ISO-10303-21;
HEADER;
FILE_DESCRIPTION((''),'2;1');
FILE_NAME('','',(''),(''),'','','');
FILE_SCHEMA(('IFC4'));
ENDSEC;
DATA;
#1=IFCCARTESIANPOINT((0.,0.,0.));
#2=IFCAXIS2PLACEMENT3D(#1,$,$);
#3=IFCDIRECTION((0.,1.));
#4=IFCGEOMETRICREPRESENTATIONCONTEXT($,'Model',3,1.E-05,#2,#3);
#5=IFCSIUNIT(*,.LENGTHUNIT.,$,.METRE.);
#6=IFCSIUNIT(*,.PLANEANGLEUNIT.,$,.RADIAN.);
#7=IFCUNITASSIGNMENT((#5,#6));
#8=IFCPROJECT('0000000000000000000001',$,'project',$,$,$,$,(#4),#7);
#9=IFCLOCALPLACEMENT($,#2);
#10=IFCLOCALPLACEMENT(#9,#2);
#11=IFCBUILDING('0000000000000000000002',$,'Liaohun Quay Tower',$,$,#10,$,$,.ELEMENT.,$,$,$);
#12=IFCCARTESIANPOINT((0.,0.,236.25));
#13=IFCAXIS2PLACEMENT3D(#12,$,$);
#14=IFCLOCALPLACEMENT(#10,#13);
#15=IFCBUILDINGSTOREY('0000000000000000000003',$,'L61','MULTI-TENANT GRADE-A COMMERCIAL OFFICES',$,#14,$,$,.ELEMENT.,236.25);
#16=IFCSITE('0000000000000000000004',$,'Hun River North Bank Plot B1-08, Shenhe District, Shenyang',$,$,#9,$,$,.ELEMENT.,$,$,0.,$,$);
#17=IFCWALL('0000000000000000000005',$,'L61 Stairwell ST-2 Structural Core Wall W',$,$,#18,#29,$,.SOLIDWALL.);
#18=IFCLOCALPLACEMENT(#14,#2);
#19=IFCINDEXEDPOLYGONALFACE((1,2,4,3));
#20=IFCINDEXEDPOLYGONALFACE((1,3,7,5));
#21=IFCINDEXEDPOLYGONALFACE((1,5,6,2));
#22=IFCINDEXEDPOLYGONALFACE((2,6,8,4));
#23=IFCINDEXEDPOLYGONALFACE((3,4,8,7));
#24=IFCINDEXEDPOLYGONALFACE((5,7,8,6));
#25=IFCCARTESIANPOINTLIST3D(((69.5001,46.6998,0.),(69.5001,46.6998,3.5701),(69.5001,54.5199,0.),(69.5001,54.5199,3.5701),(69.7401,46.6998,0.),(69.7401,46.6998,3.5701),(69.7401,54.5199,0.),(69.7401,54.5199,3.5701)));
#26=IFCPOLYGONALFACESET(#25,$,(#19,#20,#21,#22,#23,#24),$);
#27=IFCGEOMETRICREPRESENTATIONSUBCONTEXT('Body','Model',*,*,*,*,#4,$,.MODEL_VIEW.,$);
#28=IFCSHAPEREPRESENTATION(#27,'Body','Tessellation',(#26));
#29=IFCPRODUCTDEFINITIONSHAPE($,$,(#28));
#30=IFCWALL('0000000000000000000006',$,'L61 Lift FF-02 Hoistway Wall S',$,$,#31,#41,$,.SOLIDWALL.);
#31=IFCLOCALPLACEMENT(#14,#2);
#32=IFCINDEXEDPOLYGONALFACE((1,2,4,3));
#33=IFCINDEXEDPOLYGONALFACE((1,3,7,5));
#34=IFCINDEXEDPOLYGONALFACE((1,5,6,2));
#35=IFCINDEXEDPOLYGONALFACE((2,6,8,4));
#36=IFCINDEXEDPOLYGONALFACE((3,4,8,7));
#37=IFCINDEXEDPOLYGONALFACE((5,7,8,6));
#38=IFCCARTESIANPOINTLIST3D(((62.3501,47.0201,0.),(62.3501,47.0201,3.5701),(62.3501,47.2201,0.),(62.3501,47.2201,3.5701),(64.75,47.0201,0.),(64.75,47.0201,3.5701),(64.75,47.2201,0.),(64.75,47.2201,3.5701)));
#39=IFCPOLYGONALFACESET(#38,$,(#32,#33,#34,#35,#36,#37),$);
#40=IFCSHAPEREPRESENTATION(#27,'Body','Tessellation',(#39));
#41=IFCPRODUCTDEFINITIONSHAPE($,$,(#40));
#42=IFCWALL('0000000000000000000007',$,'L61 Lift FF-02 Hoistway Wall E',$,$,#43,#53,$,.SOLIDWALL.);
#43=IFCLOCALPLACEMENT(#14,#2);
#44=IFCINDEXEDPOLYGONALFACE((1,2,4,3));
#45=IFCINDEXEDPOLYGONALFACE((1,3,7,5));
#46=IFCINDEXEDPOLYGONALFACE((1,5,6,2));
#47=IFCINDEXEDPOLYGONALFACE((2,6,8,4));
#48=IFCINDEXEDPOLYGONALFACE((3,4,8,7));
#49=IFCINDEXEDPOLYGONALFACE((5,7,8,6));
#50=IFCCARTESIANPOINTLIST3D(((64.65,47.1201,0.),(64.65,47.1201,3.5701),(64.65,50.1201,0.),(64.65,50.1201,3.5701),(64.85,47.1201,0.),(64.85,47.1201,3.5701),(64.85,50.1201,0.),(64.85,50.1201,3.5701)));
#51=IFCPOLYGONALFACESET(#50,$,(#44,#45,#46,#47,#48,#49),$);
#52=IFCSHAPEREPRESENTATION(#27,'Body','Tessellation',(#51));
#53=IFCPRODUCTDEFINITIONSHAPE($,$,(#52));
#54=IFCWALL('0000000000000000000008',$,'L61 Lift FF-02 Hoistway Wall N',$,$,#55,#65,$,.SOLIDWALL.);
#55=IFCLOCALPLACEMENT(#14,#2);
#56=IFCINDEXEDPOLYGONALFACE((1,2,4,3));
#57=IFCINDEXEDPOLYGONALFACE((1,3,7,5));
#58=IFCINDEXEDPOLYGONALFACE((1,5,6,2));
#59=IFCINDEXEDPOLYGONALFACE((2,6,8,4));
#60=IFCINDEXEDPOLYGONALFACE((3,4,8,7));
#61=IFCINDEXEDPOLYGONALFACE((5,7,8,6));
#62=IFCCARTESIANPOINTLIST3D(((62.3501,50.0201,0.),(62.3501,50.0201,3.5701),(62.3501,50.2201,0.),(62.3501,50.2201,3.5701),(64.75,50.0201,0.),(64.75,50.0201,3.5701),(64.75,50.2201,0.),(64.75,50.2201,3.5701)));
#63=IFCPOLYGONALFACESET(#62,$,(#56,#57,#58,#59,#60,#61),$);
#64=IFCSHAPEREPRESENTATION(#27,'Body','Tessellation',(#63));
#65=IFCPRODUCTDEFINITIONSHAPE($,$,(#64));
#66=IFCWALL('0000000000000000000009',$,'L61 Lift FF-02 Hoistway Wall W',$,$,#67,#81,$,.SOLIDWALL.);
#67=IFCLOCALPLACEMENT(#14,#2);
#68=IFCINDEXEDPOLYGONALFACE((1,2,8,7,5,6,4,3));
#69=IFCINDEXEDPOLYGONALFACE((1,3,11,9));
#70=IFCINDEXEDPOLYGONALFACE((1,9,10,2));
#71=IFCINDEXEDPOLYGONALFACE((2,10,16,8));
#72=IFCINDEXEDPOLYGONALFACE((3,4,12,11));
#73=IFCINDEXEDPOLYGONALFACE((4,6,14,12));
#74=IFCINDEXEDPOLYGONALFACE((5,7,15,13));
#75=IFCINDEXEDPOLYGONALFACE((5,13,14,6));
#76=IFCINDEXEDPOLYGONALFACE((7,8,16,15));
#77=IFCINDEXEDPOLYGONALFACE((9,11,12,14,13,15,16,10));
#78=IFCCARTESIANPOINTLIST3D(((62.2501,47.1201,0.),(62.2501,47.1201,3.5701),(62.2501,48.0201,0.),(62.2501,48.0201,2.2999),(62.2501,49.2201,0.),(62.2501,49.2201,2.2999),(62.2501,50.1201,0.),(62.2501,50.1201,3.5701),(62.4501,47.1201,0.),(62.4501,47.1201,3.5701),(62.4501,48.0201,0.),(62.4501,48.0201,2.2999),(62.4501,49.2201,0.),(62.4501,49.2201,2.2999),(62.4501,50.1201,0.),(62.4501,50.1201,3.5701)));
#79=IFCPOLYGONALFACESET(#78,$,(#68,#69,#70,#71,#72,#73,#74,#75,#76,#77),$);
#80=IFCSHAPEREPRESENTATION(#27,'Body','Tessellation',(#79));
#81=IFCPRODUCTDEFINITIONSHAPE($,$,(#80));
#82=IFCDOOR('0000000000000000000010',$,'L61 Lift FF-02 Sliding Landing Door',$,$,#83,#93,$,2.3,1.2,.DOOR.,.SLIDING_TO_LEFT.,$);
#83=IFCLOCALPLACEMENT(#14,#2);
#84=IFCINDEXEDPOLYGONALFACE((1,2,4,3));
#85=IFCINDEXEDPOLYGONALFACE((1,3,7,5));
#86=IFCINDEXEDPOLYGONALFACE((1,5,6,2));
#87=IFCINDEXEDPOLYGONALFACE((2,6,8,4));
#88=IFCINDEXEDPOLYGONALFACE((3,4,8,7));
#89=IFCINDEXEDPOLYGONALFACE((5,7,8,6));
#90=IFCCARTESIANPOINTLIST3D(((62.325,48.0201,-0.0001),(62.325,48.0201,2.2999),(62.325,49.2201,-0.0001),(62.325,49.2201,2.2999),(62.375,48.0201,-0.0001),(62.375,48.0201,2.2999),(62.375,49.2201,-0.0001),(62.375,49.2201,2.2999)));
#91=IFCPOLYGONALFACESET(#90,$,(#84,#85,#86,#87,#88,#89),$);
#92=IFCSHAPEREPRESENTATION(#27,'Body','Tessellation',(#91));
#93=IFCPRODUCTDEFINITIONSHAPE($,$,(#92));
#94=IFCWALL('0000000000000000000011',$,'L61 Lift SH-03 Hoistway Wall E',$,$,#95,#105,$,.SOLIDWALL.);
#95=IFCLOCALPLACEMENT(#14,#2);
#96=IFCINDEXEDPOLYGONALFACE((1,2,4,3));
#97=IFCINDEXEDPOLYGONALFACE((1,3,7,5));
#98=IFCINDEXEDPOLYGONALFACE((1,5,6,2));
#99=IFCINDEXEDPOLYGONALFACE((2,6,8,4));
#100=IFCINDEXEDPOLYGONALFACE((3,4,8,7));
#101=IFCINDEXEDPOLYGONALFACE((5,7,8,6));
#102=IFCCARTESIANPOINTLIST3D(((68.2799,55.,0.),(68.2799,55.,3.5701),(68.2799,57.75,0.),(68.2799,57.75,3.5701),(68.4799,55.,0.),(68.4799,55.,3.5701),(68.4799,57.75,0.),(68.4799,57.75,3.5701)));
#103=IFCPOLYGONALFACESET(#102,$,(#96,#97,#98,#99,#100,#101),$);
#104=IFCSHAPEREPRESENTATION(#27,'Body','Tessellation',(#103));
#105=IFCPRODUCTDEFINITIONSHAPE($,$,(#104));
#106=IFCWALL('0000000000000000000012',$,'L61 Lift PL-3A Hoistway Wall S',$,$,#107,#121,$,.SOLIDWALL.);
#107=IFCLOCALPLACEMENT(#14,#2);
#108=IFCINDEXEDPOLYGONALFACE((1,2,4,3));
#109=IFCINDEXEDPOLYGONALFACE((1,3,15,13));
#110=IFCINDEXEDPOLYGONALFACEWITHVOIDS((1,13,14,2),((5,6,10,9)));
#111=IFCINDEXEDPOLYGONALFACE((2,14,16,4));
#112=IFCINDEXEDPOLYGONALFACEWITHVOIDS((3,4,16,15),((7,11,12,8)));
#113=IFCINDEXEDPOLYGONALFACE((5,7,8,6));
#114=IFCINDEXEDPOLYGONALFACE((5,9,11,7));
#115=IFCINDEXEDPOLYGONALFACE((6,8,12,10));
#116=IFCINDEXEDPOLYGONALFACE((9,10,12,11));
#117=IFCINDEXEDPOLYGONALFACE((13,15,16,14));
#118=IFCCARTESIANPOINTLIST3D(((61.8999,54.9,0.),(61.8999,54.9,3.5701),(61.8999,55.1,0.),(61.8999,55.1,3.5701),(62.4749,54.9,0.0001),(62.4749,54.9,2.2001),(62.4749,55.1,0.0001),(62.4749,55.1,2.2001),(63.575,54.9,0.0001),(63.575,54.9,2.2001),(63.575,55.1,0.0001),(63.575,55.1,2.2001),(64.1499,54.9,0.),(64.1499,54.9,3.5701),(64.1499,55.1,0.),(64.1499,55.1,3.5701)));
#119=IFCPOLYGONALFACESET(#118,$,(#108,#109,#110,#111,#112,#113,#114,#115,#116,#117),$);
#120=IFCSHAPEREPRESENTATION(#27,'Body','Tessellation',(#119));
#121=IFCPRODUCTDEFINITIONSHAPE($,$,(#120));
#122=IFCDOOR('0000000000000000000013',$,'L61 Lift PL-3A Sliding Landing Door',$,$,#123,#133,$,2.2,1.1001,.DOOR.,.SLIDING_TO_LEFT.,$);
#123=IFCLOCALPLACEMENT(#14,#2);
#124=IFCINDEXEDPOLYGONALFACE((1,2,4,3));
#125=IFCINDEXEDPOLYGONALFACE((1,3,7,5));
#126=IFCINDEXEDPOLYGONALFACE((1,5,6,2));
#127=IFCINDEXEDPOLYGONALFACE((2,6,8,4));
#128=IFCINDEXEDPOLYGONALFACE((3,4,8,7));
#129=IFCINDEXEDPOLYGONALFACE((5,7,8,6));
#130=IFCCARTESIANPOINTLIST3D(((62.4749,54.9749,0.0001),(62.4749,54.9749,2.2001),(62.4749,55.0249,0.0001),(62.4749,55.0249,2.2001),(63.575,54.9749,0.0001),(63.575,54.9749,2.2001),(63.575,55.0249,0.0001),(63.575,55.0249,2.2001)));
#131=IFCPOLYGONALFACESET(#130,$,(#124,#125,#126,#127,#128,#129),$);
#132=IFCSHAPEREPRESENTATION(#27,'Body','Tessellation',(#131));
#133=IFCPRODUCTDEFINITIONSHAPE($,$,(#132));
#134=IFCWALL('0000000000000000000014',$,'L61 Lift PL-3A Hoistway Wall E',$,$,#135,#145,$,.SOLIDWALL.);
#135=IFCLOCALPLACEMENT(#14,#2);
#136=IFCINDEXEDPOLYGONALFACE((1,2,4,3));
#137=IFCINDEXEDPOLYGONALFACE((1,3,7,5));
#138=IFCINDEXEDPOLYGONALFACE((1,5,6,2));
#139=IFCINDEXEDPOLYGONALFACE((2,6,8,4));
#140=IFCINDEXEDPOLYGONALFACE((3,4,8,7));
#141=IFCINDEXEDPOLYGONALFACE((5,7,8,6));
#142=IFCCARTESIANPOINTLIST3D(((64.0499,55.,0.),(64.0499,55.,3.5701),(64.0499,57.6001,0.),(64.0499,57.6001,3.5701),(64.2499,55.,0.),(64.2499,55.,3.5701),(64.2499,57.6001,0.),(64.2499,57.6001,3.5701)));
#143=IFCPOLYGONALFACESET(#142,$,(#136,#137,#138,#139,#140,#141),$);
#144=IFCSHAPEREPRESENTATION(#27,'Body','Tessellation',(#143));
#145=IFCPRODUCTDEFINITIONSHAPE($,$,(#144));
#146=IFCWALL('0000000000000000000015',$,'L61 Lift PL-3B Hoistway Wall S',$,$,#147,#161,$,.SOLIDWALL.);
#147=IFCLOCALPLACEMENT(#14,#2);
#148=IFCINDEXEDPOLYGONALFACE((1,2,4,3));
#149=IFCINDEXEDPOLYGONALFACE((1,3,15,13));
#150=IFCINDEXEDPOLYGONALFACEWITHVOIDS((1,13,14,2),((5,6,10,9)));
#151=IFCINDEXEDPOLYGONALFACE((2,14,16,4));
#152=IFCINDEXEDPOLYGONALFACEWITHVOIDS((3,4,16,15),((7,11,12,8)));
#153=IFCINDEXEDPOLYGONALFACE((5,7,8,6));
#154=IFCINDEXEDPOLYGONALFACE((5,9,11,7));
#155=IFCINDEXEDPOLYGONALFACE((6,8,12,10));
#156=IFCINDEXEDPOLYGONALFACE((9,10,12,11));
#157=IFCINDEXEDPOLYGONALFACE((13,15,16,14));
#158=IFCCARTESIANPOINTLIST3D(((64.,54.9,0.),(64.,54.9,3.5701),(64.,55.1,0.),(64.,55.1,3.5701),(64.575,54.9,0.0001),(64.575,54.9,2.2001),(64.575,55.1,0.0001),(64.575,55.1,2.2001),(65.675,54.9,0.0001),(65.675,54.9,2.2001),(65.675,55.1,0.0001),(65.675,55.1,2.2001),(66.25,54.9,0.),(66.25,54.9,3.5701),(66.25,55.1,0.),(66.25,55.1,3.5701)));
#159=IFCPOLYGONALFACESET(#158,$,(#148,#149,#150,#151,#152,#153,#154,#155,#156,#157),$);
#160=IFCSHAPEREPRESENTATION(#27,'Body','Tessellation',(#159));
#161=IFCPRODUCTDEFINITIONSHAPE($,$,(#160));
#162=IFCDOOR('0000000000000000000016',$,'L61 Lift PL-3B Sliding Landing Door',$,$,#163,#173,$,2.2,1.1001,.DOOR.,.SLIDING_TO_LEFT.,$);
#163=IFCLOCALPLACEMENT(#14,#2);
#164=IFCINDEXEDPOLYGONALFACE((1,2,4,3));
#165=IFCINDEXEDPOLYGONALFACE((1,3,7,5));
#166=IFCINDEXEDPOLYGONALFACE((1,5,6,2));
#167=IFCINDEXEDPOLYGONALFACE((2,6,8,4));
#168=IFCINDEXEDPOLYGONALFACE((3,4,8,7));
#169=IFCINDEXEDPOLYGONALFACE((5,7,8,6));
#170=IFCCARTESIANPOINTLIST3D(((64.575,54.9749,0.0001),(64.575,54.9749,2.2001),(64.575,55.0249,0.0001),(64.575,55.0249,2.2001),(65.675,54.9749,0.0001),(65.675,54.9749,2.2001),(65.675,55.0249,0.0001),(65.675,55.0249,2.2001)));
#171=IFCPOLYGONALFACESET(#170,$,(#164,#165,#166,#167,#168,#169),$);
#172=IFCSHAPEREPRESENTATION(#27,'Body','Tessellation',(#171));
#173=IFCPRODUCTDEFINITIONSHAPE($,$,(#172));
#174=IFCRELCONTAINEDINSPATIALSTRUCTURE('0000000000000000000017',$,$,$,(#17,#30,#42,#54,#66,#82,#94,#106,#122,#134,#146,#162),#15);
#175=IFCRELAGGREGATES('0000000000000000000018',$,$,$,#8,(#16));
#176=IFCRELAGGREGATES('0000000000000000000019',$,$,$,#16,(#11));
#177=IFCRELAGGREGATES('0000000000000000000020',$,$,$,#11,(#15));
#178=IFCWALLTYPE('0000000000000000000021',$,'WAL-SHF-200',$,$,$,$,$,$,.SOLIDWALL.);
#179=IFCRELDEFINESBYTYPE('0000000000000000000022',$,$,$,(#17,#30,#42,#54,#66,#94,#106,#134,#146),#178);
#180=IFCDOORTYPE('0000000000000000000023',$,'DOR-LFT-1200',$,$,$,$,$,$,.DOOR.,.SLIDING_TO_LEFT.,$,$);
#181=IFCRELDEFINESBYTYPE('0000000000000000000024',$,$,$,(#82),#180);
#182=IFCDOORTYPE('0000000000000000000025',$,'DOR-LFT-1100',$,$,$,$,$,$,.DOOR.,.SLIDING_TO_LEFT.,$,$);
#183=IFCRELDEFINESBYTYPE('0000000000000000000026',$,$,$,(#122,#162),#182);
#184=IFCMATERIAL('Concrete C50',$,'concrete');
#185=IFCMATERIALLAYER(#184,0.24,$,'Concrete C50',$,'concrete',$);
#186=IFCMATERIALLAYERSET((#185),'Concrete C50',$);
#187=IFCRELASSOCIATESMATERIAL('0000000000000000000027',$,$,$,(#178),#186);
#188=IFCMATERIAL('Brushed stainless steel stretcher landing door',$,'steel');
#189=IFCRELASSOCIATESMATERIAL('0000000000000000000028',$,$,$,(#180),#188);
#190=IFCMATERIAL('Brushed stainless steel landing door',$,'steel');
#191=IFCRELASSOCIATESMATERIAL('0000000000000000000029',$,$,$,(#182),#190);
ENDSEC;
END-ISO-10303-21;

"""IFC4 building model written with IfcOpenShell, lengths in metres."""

from ifc_helpers import new_model, si_unit, direction, frame, frame_2d, origin, place, context, subcontext, project, spatial, rectangle, extrude, source, transform, mapped, material, layer, layer_set, type_object, element, fill, save


model = new_model("IFC4")

# Units and contexts
model_context = context("Model", 3, precision=1e-05, world=origin(), true_north=direction((0.0, 1.0)))
body_context = subcontext(model_context, "Body", "Model", "MODEL_VIEW")
ifc_project = project(units=[si_unit("LENGTHUNIT", "METRE"), si_unit("PLANEANGLEUNIT", "RADIAN")], contexts=[model_context])

# Site, building, storey
site_placement = place(None, origin())
site = spatial("IfcSite", under=ifc_project, at=site_placement, Name="Hun River North Bank Plot B1-08, Shenhe District, Shenyang", CompositionType="ELEMENT", RefElevation=0.0)
building_placement = place(site_placement, origin())
building = spatial("IfcBuilding", under=site, at=building_placement, Name="Liaohun Quay Tower", CompositionType="ELEMENT")
storey_placement = place(building_placement, frame((0.0, 0.0, 236.25)))
storey = spatial("IfcBuildingStorey", under=building, at=storey_placement, Name="L61", Description="MULTI-TENANT GRADE-A COMMERCIAL OFFICES", CompositionType="ELEMENT", Elevation=236.25)

# Shared definitions
ifc_material_1 = material(Name="Concrete C50", Category="concrete")
ifc_layer_1 = layer(ifc_material_1, 0.24, Name="Concrete C50", Category="concrete")
ifc_layer_set_1 = layer_set([ifc_layer_1], Name="Concrete C50")
wall_type_1 = type_object("IfcWallType", Name="WAL-SHF-200", PredefinedType="SOLIDWALL", material=ifc_layer_set_1)

# Walls
wall_1_placement = place(storey_placement, frame((69.6201, 54.52, 0.0), z_axis=(0.0, 0.0, 1.0), x_axis=(0.0, -1.0, 0.0)))
element("IfcWall", 1, at=wall_1_placement, inside=storey, type_object=wall_type_1, Name="L61 Stairwell ST-2 Structural Core Wall W", PredefinedType="SOLIDWALL", context=body_context, shape_type="SweptSolid", body=[
    extrude(rectangle(XDim=7.8201, YDim=0.24, at=frame_2d((3.9102, 0.0))), origin(), (0.0, 0.0, 1.0), 3.5701),
])
wall_2_placement = place(storey_placement, frame((62.3501, 47.1201, 0.0), z_axis=(0.0, 0.0, 1.0), x_axis=(1.0, 0.0, 0.0)))
element("IfcWall", 2, at=wall_2_placement, inside=storey, type_object=wall_type_1, Name="L61 Lift FF-02 Hoistway Wall S", PredefinedType="SOLIDWALL", context=body_context, shape_type="SweptSolid", body=[
    extrude(rectangle(XDim=2.3999, YDim=0.2, at=frame_2d((1.2, 0.0))), origin(), (0.0, 0.0, 1.0), 3.5701),
])
wall_3_placement = place(storey_placement, frame((64.75, 47.1201, 0.0), z_axis=(0.0, 0.0, 1.0), x_axis=(0.0, 1.0, 0.0)))
element("IfcWall", 3, at=wall_3_placement, inside=storey, type_object=wall_type_1, Name="L61 Lift FF-02 Hoistway Wall E", PredefinedType="SOLIDWALL", context=body_context, shape_type="SweptSolid", body=[
    extrude(rectangle(XDim=3.0, YDim=0.2, at=frame_2d((1.5, 0.0))), origin(), (0.0, 0.0, 1.0), 3.5701),
])
wall_4_placement = place(storey_placement, frame((64.75, 50.1201, 0.0), z_axis=(0.0, 0.0, 1.0), x_axis=(-1.0, 0.0, 0.0)))
element("IfcWall", 4, at=wall_4_placement, inside=storey, type_object=wall_type_1, Name="L61 Lift FF-02 Hoistway Wall N", PredefinedType="SOLIDWALL", context=body_context, shape_type="SweptSolid", body=[
    extrude(rectangle(XDim=2.3999, YDim=0.2, at=frame_2d((1.2, 0.0))), origin(), (0.0, 0.0, 1.0), 3.5701),
])

# Wall, opening, door
wall_5_placement = place(storey_placement, frame((62.3501, 50.1201, 0.0), z_axis=(0.0, 0.0, 1.0), x_axis=(0.0, -1.0, 0.0)))
wall_5 = element("IfcWall", 5, at=wall_5_placement, inside=storey, type_object=wall_type_1, Name="L61 Lift FF-02 Hoistway Wall W", PredefinedType="SOLIDWALL", context=body_context, shape_type="SweptSolid", body=[
    extrude(rectangle(XDim=3.0, YDim=0.2, at=frame_2d((1.5, 0.0))), origin(), (0.0, 0.0, 1.0), 3.5701),
])
shared_shape_1 = source(origin(), body_context, "Body", "SweptSolid", [
    extrude(rectangle(XDim=1.2, YDim=2.3, at=frame_2d((0.6001, 1.1499))), frame((0.0, 0.1099, 0.0), z_axis=(0.0, -1.0, 0.0), x_axis=(1.0, 0.0, 0.0)), (0.0, 0.0, 1.0), 0.22),
])
opening_1_placement = place(wall_5_placement, frame((0.8999, 0.0, 0.0)))
opening_1 = element("IfcOpeningElement", 6, at=opening_1_placement, cuts=wall_5, PredefinedType="OPENING", context=body_context, shape_type="MappedRepresentation", body=[
    mapped(shared_shape_1, transform((0.0, 0.0, 0.0), x_axis=(1.0, 0.0, 0.0), y_axis=(0.0, 1.0, 0.0), z_axis=(0.0, 0.0, 1.0), scale=1.0)),
])
ifc_material_2 = material(Name="Brushed stainless steel stretcher landing door", Category="steel")
door_type_1 = type_object("IfcDoorType", Name="DOR-LFT-1200", OperationType="SLIDING_TO_LEFT", PredefinedType="DOOR", material=ifc_material_2)
shared_shape_2 = source(origin(), body_context, "Body", "SweptSolid", [
    extrude(rectangle(XDim=1.2, YDim=2.3, at=frame_2d((0.6001, 1.1499))), frame((0.0, 0.0249, 0.0), z_axis=(0.0, -1.0, 0.0), x_axis=(1.0, 0.0, 0.0)), (0.0, 0.0, 1.0), 0.05),
])
door_1_placement = place(opening_1_placement, origin())
door_1 = element("IfcDoor", 7, at=door_1_placement, inside=storey, type_object=door_type_1, Name="L61 Lift FF-02 Sliding Landing Door", OperationType="SLIDING_TO_LEFT", OverallHeight=2.3, OverallWidth=1.2, PredefinedType="DOOR", context=body_context, shape_type="MappedRepresentation", body=[
    mapped(shared_shape_2, transform((0.0, 0.0, 0.0), x_axis=(1.0, 0.0, 0.0), y_axis=(0.0, 1.0, 0.0), z_axis=(0.0, 0.0, 1.0), scale=1.0)),
])
fill(opening_1, door_1)

# Wall
wall_6_placement = place(storey_placement, frame((68.3799, 55.0, 0.0), z_axis=(0.0, 0.0, 1.0), x_axis=(0.0, 1.0, 0.0)))
element("IfcWall", 8, at=wall_6_placement, inside=storey, type_object=wall_type_1, Name="L61 Lift SH-03 Hoistway Wall E", PredefinedType="SOLIDWALL", context=body_context, shape_type="SweptSolid", body=[
    extrude(rectangle(XDim=2.75, YDim=0.2, at=frame_2d((1.375, 0.0))), origin(), (0.0, 0.0, 1.0), 3.5701),
])

# Wall, opening, door
wall_7_placement = place(storey_placement, frame((61.8999, 55.0, 0.0), z_axis=(0.0, 0.0, 1.0), x_axis=(1.0, 0.0, 0.0)))
wall_7 = element("IfcWall", 9, at=wall_7_placement, inside=storey, type_object=wall_type_1, Name="L61 Lift PL-3A Hoistway Wall S", PredefinedType="SOLIDWALL", context=body_context, shape_type="SweptSolid", body=[
    extrude(rectangle(XDim=2.25, YDim=0.2, at=frame_2d((1.125, 0.0))), origin(), (0.0, 0.0, 1.0), 3.5701),
])
shared_shape_3 = source(origin(), body_context, "Body", "SweptSolid", [
    extrude(rectangle(XDim=1.1001, YDim=2.2, at=frame_2d((0.55, 1.1001))), frame((0.0, 0.1099, 0.0), z_axis=(0.0, -1.0, 0.0), x_axis=(1.0, 0.0, 0.0)), (0.0, 0.0, 1.0), 0.22),
])
opening_2_placement = place(wall_7_placement, frame((0.575, 0.0, 0.0)))
opening_2 = element("IfcOpeningElement", 10, at=opening_2_placement, cuts=wall_7, PredefinedType="OPENING", context=body_context, shape_type="MappedRepresentation", body=[
    mapped(shared_shape_3, transform((0.0, 0.0, 0.0), x_axis=(1.0, 0.0, 0.0), y_axis=(0.0, 1.0, 0.0), z_axis=(0.0, 0.0, 1.0), scale=1.0)),
])
ifc_material_3 = material(Name="Brushed stainless steel landing door", Category="steel")
door_type_2 = type_object("IfcDoorType", Name="DOR-LFT-1100", OperationType="SLIDING_TO_LEFT", PredefinedType="DOOR", material=ifc_material_3)
shared_shape_4 = source(origin(), body_context, "Body", "SweptSolid", [
    extrude(rectangle(XDim=1.1001, YDim=2.2, at=frame_2d((0.55, 1.1001))), frame((0.0, 0.0249, 0.0), z_axis=(0.0, -1.0, 0.0), x_axis=(1.0, 0.0, 0.0)), (0.0, 0.0, 1.0), 0.05),
])
door_2_placement = place(opening_2_placement, origin())
door_2 = element("IfcDoor", 11, at=door_2_placement, inside=storey, type_object=door_type_2, Name="L61 Lift PL-3A Sliding Landing Door", OperationType="SLIDING_TO_LEFT", OverallHeight=2.2, OverallWidth=1.1001, PredefinedType="DOOR", context=body_context, shape_type="MappedRepresentation", body=[
    mapped(shared_shape_4, transform((0.0, 0.0, 0.0), x_axis=(1.0, 0.0, 0.0), y_axis=(0.0, 1.0, 0.0), z_axis=(0.0, 0.0, 1.0), scale=1.0)),
])
fill(opening_2, door_2)

# Wall
wall_8_placement = place(storey_placement, frame((64.1499, 55.0, 0.0), z_axis=(0.0, 0.0, 1.0), x_axis=(0.0, 1.0, 0.0)))
element("IfcWall", 12, at=wall_8_placement, inside=storey, type_object=wall_type_1, Name="L61 Lift PL-3A Hoistway Wall E", PredefinedType="SOLIDWALL", context=body_context, shape_type="SweptSolid", body=[
    extrude(rectangle(XDim=2.6001, YDim=0.2, at=frame_2d((1.3, 0.0))), origin(), (0.0, 0.0, 1.0), 3.5701),
])

# Wall, opening, door
wall_9_placement = place(storey_placement, frame((64.0, 55.0, 0.0), z_axis=(0.0, 0.0, 1.0), x_axis=(1.0, 0.0, 0.0)))
wall_9 = element("IfcWall", 13, at=wall_9_placement, inside=storey, type_object=wall_type_1, Name="L61 Lift PL-3B Hoistway Wall S", PredefinedType="SOLIDWALL", context=body_context, shape_type="SweptSolid", body=[
    extrude(rectangle(XDim=2.25, YDim=0.2, at=frame_2d((1.125, 0.0))), origin(), (0.0, 0.0, 1.0), 3.5701),
])
opening_3_placement = place(wall_9_placement, frame((0.575, 0.0, 0.0)))
opening_3 = element("IfcOpeningElement", 14, at=opening_3_placement, cuts=wall_9, PredefinedType="OPENING", context=body_context, shape_type="MappedRepresentation", body=[
    mapped(shared_shape_3, transform((0.0, 0.0, 0.0), x_axis=(1.0, 0.0, 0.0), y_axis=(0.0, 1.0, 0.0), z_axis=(0.0, 0.0, 1.0), scale=1.0)),
])
door_3_placement = place(opening_3_placement, origin())
door_3 = element("IfcDoor", 15, at=door_3_placement, inside=storey, type_object=door_type_2, Name="L61 Lift PL-3B Sliding Landing Door", OperationType="SLIDING_TO_LEFT", OverallHeight=2.2, OverallWidth=1.1001, PredefinedType="DOOR", context=body_context, shape_type="MappedRepresentation", body=[
    mapped(shared_shape_4, transform((0.0, 0.0, 0.0), x_axis=(1.0, 0.0, 0.0), y_axis=(0.0, 1.0, 0.0), z_axis=(0.0, 0.0, 1.0), scale=1.0)),
])
fill(opening_3, door_3)

save(model, "model.ifc")
